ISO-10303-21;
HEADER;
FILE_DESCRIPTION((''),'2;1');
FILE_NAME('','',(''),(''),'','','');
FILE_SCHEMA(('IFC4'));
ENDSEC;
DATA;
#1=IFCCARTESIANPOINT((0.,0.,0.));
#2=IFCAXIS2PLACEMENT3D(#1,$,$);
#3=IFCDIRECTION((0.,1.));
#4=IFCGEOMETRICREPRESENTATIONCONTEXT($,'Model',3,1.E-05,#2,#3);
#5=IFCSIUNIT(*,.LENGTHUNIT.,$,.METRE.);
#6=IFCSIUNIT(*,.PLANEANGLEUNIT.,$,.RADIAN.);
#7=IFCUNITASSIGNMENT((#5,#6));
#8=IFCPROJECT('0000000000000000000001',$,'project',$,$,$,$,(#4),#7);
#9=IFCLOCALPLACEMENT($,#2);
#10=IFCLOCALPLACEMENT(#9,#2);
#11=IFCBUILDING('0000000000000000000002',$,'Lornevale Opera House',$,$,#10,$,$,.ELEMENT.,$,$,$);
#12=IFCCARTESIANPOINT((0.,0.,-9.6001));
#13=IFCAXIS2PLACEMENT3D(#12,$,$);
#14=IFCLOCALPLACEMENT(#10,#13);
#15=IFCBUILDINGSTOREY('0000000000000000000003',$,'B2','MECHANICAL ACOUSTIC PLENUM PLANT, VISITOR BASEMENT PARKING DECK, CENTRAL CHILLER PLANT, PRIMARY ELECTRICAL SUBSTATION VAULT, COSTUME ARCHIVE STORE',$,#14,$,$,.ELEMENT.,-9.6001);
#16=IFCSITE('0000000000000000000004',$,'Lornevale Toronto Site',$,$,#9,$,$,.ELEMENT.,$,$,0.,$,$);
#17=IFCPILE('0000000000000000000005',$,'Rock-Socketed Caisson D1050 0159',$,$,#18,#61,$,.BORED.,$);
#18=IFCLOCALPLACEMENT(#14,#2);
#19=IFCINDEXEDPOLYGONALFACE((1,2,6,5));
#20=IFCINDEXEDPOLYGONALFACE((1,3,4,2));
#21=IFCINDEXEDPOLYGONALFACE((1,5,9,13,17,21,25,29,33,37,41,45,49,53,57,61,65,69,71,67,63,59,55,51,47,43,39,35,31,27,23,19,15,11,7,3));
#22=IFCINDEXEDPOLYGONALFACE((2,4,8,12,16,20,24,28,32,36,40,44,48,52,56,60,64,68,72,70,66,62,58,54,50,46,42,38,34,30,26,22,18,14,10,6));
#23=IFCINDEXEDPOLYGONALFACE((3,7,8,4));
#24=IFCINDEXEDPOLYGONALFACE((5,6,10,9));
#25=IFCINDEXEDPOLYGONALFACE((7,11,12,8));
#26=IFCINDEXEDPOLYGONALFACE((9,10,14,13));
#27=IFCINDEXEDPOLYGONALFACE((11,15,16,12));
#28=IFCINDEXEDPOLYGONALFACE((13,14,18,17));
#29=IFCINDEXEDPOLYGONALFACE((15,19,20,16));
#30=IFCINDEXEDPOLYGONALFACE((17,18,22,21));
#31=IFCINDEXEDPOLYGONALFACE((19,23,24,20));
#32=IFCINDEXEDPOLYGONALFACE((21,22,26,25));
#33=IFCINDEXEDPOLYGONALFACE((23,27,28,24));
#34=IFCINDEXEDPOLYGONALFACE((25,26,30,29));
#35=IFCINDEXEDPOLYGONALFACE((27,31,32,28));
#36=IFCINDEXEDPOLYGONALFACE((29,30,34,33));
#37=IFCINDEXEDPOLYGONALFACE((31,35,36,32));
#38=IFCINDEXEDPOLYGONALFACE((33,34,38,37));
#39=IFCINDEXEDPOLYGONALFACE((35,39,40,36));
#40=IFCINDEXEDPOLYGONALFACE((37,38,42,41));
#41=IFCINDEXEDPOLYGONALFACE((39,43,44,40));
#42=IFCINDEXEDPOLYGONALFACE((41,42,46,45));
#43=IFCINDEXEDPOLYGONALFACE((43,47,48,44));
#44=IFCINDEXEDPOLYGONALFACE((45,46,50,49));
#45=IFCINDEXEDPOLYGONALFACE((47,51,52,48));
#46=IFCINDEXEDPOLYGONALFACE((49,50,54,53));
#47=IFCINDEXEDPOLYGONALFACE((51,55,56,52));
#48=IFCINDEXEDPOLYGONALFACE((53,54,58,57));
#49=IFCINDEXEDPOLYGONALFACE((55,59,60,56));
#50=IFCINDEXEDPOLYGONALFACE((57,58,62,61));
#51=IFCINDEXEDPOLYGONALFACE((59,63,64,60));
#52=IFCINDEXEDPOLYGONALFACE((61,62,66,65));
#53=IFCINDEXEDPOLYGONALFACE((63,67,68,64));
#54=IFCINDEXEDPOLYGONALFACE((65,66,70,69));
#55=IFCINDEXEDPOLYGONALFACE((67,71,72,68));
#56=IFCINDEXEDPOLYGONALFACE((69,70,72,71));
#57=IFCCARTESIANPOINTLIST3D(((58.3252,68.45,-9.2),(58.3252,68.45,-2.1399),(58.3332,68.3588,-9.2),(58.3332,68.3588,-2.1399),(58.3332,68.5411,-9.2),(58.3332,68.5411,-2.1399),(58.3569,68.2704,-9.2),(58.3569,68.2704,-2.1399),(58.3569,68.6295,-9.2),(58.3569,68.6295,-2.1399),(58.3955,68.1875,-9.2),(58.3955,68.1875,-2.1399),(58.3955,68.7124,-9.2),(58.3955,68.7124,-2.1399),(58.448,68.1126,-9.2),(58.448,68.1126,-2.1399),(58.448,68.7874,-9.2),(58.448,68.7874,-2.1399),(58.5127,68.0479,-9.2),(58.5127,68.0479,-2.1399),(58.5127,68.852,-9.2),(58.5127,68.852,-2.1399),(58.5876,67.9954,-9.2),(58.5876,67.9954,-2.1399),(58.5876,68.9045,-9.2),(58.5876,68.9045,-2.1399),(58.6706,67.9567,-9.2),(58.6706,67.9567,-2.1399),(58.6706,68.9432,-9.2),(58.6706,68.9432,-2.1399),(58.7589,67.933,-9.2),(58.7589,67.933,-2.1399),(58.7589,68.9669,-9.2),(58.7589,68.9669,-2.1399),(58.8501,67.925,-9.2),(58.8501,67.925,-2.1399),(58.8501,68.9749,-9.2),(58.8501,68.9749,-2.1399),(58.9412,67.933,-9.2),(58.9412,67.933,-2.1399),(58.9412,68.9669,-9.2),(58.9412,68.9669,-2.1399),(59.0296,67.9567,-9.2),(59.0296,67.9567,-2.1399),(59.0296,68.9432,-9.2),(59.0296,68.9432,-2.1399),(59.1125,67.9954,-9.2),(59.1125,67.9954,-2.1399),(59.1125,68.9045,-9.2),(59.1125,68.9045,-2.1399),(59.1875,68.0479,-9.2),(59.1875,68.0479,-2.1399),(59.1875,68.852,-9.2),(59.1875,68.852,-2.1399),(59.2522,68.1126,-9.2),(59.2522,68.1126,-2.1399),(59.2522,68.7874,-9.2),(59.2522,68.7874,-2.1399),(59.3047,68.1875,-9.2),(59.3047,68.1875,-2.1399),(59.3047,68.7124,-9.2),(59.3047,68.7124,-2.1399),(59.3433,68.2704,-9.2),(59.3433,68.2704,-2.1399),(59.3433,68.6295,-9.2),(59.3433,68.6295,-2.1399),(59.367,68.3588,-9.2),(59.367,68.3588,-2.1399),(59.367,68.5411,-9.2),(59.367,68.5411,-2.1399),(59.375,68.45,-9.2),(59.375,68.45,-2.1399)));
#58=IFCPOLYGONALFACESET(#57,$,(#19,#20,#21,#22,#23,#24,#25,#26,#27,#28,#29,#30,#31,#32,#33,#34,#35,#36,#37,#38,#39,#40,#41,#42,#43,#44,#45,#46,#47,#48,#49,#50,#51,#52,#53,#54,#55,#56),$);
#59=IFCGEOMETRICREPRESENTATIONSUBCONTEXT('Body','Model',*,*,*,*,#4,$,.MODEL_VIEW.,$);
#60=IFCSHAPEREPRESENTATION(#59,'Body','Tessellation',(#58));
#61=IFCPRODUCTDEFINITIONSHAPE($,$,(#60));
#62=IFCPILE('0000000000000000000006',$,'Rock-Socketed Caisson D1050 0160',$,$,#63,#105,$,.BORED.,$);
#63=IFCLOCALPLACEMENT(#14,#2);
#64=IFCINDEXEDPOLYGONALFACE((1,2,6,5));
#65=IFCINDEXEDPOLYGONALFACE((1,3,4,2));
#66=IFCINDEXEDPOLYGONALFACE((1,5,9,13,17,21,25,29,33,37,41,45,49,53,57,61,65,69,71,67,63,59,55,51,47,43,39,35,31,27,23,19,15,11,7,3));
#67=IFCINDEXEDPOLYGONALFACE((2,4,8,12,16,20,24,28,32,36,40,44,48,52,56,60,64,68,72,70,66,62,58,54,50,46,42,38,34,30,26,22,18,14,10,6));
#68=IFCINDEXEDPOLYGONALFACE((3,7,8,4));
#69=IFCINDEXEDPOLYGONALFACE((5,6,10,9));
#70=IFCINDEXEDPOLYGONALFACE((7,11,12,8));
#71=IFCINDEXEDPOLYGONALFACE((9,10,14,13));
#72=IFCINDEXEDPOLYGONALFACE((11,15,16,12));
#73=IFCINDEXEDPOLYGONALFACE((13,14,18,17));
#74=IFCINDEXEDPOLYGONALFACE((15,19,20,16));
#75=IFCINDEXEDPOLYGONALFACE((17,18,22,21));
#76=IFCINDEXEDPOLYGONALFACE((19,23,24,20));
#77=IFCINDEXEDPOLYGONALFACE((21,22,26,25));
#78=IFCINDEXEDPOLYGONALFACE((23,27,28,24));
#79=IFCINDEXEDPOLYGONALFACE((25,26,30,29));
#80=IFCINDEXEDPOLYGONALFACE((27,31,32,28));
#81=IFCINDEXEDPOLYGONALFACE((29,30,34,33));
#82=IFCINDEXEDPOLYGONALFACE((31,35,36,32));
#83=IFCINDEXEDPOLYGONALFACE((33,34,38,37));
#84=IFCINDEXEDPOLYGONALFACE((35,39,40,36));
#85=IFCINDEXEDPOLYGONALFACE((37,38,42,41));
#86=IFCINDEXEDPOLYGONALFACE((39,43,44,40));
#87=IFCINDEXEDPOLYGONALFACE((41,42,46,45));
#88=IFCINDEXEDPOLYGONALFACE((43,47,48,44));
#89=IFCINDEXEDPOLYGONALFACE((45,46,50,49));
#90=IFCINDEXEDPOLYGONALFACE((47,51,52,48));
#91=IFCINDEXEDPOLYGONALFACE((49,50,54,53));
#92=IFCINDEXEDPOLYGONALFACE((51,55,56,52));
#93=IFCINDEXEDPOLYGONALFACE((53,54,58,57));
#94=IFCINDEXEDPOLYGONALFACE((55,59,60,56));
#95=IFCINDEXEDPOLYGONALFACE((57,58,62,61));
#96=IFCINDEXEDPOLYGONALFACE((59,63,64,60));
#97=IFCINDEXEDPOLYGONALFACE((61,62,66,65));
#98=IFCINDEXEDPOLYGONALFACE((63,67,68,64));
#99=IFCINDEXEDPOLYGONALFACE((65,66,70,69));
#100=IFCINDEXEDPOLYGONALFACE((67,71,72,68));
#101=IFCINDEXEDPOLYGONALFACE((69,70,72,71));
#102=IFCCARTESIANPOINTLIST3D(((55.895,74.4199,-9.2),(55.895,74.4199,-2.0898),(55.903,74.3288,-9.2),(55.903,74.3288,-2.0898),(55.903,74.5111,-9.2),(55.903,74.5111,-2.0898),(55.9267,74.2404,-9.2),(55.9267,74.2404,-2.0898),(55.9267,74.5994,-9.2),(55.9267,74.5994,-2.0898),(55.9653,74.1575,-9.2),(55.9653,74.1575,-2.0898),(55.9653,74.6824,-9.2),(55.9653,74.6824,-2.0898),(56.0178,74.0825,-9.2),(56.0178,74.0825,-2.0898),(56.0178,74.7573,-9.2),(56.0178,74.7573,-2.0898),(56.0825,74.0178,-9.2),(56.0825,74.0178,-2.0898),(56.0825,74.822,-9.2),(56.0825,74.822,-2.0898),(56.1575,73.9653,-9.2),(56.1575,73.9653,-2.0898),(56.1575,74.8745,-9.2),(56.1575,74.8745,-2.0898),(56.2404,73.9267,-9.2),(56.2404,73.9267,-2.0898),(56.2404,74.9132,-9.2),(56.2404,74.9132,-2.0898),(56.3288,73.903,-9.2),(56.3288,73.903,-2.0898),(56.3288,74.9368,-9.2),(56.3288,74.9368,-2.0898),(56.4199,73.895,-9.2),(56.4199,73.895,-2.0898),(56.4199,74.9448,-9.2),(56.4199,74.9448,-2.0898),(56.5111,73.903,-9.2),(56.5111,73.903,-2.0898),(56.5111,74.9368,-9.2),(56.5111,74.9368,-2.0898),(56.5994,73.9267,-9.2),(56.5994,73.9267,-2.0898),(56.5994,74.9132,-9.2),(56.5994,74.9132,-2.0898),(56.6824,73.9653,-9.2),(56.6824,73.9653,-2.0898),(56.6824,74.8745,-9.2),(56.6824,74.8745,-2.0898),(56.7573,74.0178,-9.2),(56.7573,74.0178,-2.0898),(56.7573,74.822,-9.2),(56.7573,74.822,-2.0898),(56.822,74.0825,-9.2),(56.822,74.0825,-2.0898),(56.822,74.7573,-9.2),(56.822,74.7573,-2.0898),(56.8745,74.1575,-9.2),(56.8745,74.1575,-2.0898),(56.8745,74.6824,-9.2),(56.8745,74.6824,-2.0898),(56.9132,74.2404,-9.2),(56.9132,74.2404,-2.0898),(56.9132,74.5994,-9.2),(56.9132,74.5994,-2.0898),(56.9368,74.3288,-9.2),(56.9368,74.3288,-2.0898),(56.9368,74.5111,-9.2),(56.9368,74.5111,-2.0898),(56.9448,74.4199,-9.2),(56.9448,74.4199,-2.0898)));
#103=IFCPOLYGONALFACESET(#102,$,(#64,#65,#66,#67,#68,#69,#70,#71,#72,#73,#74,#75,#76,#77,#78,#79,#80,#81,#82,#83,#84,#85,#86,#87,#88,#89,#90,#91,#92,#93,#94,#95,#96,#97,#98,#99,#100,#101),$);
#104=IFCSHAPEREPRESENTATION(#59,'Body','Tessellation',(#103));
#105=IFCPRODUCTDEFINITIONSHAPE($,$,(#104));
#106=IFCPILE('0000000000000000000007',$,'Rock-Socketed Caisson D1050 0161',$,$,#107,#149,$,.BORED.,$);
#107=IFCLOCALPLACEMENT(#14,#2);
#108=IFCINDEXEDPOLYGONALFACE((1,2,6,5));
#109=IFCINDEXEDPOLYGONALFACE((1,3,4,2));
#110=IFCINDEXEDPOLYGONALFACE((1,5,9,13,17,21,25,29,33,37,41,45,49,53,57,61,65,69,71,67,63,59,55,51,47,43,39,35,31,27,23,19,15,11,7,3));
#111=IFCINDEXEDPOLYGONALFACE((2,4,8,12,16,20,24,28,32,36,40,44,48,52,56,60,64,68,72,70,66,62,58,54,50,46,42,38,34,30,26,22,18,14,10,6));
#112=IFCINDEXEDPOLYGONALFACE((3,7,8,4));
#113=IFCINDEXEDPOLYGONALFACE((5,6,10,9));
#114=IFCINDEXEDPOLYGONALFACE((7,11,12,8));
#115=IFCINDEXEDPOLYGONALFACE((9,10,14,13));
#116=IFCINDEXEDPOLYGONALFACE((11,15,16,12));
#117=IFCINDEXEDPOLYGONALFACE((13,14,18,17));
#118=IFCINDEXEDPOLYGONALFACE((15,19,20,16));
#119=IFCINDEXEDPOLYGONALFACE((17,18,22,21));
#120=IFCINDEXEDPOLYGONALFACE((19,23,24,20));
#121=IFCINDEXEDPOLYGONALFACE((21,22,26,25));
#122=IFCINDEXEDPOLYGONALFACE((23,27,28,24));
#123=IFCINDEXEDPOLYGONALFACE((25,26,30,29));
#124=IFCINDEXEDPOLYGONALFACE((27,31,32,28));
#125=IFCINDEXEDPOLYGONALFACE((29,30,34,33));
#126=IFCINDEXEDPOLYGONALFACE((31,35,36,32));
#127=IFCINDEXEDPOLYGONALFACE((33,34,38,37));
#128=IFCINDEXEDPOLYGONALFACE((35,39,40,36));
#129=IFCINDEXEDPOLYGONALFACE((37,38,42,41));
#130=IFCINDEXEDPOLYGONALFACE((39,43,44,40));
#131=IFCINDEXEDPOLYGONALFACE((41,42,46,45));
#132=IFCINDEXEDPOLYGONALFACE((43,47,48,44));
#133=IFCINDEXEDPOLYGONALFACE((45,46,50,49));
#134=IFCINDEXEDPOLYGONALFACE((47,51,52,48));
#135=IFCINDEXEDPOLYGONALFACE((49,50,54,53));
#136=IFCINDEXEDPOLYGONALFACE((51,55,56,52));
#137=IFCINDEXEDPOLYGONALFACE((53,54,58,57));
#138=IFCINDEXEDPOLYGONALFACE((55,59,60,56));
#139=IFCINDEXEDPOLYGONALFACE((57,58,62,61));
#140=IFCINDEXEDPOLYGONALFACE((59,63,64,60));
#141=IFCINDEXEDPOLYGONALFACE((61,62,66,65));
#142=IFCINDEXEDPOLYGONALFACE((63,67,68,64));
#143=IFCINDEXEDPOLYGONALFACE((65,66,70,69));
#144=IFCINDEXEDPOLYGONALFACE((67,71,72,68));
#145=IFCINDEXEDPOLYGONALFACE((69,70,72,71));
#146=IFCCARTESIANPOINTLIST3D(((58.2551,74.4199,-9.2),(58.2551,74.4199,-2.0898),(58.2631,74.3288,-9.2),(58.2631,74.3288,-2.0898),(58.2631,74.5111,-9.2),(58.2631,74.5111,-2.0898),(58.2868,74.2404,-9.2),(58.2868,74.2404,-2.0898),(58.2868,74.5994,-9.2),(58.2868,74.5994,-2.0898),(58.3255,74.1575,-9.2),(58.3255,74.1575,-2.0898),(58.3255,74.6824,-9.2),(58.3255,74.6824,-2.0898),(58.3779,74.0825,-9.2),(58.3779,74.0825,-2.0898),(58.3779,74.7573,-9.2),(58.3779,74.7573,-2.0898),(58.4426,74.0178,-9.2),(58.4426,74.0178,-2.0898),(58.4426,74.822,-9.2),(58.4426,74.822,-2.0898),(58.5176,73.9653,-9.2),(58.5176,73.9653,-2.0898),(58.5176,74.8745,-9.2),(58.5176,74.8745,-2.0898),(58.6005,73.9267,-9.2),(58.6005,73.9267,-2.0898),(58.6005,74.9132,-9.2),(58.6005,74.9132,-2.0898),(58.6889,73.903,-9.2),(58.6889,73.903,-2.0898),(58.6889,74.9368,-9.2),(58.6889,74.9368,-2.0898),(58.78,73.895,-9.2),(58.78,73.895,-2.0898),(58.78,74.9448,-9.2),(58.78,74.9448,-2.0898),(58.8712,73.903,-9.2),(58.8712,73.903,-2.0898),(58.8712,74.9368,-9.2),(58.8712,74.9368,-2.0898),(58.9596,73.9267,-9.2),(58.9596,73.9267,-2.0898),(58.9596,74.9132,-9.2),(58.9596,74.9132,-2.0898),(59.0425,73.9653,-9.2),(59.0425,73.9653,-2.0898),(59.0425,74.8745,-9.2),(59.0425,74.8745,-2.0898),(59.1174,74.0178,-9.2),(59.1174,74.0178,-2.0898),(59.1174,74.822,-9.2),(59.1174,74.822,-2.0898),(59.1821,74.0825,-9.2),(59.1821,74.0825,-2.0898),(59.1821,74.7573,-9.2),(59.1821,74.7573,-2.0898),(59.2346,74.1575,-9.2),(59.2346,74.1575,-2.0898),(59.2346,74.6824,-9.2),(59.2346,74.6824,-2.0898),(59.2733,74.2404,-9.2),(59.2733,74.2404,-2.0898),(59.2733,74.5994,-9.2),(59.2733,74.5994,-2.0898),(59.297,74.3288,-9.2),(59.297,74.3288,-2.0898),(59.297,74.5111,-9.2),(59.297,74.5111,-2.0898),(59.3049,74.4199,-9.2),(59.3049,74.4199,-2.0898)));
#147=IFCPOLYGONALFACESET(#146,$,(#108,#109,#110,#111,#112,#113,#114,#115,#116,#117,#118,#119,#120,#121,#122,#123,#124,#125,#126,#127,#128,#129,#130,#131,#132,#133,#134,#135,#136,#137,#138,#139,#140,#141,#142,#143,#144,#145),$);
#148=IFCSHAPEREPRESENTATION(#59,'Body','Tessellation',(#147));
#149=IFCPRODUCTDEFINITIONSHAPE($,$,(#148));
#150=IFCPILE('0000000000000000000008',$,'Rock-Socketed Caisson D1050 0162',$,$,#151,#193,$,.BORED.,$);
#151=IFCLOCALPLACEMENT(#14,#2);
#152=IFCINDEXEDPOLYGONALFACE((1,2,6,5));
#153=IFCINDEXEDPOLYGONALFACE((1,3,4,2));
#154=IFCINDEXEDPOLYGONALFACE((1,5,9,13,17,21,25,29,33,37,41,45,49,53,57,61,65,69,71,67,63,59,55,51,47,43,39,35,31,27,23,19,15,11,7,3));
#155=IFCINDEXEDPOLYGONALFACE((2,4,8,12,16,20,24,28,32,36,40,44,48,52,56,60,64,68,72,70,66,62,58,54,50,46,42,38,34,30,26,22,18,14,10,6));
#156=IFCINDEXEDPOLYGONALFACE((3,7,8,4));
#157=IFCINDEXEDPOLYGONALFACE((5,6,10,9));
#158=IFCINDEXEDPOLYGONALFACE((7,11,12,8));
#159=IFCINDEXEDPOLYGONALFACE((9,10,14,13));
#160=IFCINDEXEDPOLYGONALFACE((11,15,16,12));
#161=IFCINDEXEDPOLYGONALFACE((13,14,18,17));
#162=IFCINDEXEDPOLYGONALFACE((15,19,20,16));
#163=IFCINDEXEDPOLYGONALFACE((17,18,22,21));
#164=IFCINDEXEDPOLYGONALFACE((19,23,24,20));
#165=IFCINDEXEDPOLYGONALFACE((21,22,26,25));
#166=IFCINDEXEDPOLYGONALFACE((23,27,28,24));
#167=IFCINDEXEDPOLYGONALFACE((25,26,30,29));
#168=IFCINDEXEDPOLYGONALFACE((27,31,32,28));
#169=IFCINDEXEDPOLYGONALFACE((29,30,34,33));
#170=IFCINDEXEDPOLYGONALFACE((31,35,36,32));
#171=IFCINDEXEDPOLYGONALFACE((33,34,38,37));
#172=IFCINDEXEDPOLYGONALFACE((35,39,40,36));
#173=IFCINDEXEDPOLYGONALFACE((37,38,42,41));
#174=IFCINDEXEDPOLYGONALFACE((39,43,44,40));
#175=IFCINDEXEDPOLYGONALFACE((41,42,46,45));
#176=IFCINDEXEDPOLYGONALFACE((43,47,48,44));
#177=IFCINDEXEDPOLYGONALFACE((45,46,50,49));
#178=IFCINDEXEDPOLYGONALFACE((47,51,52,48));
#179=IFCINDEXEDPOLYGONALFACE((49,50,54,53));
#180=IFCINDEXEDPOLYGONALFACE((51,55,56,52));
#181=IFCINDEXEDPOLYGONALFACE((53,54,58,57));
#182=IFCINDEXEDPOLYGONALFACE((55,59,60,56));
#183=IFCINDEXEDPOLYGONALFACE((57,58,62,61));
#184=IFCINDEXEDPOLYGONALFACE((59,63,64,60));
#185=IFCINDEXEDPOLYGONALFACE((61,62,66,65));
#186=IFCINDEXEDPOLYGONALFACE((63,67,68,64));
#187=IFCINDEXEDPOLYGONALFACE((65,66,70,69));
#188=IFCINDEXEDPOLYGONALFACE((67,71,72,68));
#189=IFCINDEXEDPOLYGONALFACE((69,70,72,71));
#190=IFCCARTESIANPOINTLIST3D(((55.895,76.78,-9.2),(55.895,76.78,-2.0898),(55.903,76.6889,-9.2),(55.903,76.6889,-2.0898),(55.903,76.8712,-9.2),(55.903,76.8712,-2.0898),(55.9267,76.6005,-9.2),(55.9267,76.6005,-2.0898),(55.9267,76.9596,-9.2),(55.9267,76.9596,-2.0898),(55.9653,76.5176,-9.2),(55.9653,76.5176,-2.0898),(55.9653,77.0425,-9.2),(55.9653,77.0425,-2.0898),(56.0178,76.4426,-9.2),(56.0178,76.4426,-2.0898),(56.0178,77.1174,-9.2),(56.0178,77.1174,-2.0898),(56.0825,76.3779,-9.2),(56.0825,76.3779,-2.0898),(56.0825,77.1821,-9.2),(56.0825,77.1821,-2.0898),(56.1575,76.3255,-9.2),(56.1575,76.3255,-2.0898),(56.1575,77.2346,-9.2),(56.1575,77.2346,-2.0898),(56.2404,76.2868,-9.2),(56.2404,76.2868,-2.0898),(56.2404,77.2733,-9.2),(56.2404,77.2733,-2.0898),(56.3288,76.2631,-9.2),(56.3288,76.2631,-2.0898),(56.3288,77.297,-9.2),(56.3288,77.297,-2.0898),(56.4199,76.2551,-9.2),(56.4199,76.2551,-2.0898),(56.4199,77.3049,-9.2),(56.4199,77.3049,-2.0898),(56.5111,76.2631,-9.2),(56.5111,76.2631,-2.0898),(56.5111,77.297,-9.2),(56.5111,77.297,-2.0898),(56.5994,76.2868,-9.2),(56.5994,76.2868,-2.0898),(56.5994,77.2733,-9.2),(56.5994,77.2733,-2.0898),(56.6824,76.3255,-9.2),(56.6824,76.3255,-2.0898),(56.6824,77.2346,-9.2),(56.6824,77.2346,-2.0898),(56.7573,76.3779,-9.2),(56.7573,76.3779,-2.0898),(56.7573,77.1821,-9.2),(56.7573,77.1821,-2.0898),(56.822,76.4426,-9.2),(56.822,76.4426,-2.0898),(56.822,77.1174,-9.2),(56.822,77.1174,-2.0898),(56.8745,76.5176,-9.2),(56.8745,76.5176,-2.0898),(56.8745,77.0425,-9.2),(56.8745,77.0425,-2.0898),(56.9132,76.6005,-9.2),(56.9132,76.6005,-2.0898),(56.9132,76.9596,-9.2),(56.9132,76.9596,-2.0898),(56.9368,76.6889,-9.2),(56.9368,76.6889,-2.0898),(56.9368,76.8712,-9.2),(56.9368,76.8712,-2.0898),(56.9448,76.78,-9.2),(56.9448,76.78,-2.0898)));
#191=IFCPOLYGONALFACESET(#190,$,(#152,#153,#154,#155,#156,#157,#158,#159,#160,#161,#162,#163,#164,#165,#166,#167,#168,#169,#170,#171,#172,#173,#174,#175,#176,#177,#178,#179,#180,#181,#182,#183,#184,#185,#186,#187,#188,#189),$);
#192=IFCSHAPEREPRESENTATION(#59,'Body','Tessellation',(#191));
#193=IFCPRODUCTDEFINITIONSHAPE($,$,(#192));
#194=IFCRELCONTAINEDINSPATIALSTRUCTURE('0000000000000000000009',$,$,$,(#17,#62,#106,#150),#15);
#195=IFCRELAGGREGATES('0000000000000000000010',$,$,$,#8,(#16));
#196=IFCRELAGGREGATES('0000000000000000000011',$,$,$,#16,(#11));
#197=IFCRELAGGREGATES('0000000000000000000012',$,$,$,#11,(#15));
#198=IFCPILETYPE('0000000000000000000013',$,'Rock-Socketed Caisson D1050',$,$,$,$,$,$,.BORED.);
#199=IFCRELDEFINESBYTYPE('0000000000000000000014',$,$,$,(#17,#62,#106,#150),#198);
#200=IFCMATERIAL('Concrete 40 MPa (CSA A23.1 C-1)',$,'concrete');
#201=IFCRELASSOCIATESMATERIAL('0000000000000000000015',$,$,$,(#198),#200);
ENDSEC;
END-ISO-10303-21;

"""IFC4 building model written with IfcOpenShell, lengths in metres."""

from ifc_helpers import new_model, si_unit, direction, frame, origin, origin_2d, place, context, subcontext, project, spatial, circle, extrude, material, material_profile, profile_set, type_object, element, save


model = new_model("IFC4")

# Units and contexts
model_context = context("Model", 3, precision=1e-05, world=origin(), true_north=direction((0.0, 1.0)))
body_context = subcontext(model_context, "Body", "Model", "MODEL_VIEW")
ifc_project = project(units=[si_unit("LENGTHUNIT", "METRE"), si_unit("PLANEANGLEUNIT", "RADIAN")], contexts=[model_context])

# Site, building, storey
site_placement = place(None, origin())
site = spatial("IfcSite", under=ifc_project, at=site_placement, Name="Lornevale Toronto Site", CompositionType="ELEMENT", RefElevation=0.0)
building_placement = place(site_placement, origin())
building = spatial("IfcBuilding", under=site, at=building_placement, Name="Lornevale Opera House", CompositionType="ELEMENT")
storey_placement = place(building_placement, frame((0.0, 0.0, -9.6001)))
storey = spatial("IfcBuildingStorey", under=building, at=storey_placement, Name="B2", Description="MECHANICAL ACOUSTIC PLENUM PLANT, VISITOR BASEMENT PARKING DECK, CENTRAL CHILLER PLANT, PRIMARY ELECTRICAL SUBSTATION VAULT, COSTUME ARCHIVE STORE", CompositionType="ELEMENT", Elevation=-9.6001)

# Piles
ifc_material_1 = material(Name="Concrete 40 MPa (CSA A23.1 C-1)", Category="concrete")
ifc_material_profile_1 = material_profile(ifc_material_1, circle(Radius=0.5249, at=origin_2d()), Name="CAIS1050")
ifc_profile_set_1 = profile_set([ifc_material_profile_1], Name="Concrete 40 MPa (CSA A23.1 C-1)")
pile_type_1 = type_object("IfcPileType", Name="Rock-Socketed Caisson D1050", PredefinedType="BORED", material=ifc_profile_set_1)
for number, where, z_axis, x_axis, name in (
    (1, (58.8501, 68.45, -2.1399), (0.0, 0.0, -1.0), (1.0, 0.0, 0.0), "Rock-Socketed Caisson D1050 0159"),
):
    element("IfcPile", number, at=place(storey_placement, frame(where, z_axis=z_axis, x_axis=x_axis)), inside=storey, type_object=pile_type_1, Name=name, PredefinedType="BORED", context=body_context, shape_type="SweptSolid", body=[
        extrude(circle(Radius=0.5249, at=origin_2d()), origin(), (0.0, 0.0, 1.0), 7.0601),
    ])
for number, where, z_axis, x_axis, name in (
    (2, (56.4199, 74.4199, -2.0898), (0.0, 0.0, -1.0), (1.0, 0.0, 0.0), "Rock-Socketed Caisson D1050 0160"),
    (3, (58.78, 74.4199, -2.0898), (0.0, 0.0, -1.0), (1.0, 0.0, 0.0), "Rock-Socketed Caisson D1050 0161"),
    (4, (56.4199, 76.78, -2.0898), (0.0, 0.0, -1.0), (1.0, 0.0, 0.0), "Rock-Socketed Caisson D1050 0162"),
):
    element("IfcPile", number, at=place(storey_placement, frame(where, z_axis=z_axis, x_axis=x_axis)), inside=storey, type_object=pile_type_1, Name=name, PredefinedType="BORED", context=body_context, shape_type="SweptSolid", body=[
        extrude(circle(Radius=0.5249, at=origin_2d()), origin(), (0.0, 0.0, 1.0), 7.1101),
    ])

save(model, "model.ifc")
